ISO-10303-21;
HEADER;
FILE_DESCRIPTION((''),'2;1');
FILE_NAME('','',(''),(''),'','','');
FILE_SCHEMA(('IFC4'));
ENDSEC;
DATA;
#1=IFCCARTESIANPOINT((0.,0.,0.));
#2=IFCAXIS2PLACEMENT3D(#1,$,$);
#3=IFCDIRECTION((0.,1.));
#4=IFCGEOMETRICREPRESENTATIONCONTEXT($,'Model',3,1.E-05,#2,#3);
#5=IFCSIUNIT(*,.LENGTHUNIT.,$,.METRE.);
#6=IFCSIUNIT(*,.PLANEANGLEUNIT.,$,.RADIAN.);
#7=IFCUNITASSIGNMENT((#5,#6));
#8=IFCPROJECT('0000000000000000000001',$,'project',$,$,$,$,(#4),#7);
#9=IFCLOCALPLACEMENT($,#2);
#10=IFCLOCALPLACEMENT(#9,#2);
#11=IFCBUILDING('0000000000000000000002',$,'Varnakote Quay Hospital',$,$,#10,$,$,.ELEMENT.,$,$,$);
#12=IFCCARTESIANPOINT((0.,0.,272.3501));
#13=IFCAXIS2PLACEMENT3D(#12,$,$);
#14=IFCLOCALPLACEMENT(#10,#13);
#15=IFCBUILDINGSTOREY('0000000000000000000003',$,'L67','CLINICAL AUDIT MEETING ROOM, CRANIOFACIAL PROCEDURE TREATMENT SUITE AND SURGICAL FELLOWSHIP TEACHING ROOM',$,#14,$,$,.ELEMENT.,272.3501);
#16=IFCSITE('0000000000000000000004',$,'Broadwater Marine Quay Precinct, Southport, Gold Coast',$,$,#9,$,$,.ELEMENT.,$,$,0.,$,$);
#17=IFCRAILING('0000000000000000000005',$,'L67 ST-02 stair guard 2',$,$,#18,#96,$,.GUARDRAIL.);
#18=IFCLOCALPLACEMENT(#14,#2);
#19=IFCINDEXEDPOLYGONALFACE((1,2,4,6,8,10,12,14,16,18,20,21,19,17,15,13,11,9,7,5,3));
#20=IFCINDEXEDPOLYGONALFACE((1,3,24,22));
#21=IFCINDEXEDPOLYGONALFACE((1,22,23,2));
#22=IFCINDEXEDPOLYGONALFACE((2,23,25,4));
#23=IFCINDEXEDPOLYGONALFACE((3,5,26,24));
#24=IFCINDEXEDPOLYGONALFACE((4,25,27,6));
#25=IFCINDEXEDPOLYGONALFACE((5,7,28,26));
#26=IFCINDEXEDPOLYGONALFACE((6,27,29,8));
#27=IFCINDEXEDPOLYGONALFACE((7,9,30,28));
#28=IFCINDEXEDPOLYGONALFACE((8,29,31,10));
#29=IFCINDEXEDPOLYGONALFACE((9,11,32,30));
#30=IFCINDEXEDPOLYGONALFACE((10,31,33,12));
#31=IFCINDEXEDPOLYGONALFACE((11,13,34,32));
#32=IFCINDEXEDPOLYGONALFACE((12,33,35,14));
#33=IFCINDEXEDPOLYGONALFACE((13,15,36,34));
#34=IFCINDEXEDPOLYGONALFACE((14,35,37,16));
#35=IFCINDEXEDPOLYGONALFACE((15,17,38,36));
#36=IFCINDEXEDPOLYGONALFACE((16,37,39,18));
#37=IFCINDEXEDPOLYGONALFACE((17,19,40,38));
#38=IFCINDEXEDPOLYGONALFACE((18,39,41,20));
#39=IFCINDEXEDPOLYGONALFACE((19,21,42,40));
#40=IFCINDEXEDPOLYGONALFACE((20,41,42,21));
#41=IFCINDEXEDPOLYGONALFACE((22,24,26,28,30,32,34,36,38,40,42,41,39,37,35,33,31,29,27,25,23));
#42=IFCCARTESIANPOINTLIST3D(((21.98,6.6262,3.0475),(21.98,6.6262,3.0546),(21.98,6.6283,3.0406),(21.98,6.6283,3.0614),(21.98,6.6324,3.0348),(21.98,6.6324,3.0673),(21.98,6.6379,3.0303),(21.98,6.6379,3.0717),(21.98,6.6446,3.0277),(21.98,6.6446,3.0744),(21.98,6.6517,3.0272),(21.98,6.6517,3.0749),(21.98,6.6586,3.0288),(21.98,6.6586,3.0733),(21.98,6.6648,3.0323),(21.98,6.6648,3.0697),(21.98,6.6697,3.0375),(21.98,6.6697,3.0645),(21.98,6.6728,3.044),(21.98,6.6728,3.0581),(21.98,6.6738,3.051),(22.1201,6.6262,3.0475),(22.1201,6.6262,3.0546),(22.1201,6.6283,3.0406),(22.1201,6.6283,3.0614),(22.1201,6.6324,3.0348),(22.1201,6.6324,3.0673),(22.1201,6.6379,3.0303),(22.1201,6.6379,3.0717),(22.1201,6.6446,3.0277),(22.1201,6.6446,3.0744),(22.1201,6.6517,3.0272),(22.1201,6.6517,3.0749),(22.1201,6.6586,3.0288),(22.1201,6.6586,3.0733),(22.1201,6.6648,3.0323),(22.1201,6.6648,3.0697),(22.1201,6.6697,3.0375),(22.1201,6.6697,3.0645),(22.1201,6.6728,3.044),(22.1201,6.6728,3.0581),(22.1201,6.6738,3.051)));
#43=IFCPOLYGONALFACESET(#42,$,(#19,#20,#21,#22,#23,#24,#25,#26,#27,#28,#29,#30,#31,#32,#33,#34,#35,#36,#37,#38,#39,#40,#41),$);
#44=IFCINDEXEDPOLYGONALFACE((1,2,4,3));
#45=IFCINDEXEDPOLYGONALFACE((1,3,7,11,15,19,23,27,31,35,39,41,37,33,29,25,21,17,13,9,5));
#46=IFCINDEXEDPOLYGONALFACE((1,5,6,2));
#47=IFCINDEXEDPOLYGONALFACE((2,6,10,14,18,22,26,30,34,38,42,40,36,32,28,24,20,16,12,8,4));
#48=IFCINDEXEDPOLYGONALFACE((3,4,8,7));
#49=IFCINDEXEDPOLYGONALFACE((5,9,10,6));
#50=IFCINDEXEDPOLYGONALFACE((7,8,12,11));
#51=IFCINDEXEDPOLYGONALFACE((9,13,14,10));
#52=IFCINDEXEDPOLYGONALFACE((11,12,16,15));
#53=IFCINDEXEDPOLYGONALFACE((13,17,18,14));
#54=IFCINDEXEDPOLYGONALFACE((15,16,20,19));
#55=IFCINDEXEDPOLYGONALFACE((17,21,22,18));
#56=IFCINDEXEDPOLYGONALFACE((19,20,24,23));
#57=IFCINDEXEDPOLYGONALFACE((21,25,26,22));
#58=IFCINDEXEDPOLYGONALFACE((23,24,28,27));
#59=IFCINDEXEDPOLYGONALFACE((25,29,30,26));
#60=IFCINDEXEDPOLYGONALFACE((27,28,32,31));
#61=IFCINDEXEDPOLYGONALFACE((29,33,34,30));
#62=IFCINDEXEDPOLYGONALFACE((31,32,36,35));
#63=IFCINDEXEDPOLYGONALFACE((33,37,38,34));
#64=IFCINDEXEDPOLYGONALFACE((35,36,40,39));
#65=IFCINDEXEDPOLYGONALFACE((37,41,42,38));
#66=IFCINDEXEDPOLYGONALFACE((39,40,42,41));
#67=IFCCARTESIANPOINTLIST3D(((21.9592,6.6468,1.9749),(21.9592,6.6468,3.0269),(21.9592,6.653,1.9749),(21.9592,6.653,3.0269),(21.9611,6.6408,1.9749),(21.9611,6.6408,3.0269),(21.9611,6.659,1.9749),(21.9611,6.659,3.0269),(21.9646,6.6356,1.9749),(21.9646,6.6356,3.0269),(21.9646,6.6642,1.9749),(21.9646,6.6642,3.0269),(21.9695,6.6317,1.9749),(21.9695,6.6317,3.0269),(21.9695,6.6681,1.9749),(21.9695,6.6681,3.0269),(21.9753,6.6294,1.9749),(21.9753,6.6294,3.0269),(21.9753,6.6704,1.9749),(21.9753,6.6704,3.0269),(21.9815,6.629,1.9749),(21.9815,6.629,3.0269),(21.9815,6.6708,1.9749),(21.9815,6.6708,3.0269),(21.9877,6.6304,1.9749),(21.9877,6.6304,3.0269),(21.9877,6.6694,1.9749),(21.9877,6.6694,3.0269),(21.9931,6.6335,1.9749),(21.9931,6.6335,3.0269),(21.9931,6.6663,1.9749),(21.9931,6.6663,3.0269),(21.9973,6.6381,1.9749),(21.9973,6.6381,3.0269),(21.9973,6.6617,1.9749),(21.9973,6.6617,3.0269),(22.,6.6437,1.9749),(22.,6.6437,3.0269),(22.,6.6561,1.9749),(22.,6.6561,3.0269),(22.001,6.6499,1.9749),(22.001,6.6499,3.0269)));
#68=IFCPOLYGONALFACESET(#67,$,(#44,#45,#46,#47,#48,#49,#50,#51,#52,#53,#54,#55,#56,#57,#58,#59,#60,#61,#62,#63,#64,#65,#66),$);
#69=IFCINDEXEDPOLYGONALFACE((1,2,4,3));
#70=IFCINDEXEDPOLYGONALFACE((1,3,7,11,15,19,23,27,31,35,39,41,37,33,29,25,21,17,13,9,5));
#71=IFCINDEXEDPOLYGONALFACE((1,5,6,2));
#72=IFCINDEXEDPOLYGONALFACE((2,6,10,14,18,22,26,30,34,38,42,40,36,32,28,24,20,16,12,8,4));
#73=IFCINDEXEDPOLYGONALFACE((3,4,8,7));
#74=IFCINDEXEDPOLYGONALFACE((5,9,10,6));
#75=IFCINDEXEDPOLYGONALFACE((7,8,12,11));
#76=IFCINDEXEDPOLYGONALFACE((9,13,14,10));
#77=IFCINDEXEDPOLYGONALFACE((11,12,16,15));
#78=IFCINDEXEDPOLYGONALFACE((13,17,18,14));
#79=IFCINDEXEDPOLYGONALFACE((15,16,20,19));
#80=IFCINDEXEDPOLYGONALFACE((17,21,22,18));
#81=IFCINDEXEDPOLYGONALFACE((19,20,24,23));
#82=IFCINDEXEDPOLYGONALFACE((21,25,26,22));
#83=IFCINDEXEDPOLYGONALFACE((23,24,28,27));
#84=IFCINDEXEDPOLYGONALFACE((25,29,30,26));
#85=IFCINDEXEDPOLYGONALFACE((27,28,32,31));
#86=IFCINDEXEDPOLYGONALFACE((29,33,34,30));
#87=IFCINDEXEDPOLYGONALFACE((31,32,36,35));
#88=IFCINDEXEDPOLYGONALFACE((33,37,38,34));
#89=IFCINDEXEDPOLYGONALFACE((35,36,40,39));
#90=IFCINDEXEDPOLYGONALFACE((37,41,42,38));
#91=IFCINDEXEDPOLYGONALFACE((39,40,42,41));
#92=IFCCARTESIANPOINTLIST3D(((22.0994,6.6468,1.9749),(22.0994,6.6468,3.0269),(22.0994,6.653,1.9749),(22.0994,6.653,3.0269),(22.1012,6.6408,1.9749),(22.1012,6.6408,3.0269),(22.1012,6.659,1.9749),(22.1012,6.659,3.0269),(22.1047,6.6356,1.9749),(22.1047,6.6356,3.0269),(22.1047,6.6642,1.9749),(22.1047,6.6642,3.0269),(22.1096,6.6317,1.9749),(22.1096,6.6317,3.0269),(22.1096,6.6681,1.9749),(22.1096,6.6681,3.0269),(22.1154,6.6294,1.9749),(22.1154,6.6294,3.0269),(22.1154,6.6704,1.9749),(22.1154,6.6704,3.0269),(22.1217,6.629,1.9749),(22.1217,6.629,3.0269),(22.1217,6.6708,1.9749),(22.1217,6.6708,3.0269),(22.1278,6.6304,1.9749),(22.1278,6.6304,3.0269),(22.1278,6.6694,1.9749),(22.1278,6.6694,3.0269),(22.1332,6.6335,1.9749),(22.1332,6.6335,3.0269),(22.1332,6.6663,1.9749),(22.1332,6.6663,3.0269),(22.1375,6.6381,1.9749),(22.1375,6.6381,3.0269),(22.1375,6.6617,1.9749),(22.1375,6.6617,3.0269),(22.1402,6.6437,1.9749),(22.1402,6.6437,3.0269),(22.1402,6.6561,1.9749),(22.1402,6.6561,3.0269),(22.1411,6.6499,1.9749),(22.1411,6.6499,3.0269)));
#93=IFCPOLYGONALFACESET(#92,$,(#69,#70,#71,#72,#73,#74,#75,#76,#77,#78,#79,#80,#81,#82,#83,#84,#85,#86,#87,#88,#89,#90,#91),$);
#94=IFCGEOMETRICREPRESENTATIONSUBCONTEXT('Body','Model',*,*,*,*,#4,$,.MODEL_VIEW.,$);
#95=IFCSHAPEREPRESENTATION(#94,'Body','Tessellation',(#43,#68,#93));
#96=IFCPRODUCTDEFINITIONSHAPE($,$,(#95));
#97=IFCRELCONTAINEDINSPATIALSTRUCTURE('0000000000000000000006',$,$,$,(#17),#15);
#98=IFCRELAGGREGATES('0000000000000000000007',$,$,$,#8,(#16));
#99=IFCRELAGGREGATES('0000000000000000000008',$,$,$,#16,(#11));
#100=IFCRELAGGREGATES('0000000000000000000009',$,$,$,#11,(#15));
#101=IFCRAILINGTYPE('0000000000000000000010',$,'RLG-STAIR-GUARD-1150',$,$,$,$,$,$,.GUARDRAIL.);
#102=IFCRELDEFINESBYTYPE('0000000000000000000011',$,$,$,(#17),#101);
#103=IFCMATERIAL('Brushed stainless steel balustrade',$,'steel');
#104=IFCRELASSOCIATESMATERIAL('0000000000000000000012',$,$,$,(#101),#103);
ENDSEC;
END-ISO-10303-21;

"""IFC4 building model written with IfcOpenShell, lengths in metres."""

from ifc_helpers import new_model, si_unit, direction, frame, origin, origin_2d, place, context, subcontext, project, spatial, circle, extrude, material, type_object, element, save


model = new_model("IFC4")

# Units and contexts
model_context = context("Model", 3, precision=1e-05, world=origin(), true_north=direction((0.0, 1.0)))
body_context = subcontext(model_context, "Body", "Model", "MODEL_VIEW")
ifc_project = project(units=[si_unit("LENGTHUNIT", "METRE"), si_unit("PLANEANGLEUNIT", "RADIAN")], contexts=[model_context])

# Site, building, storey
site_placement = place(None, origin())
site = spatial("IfcSite", under=ifc_project, at=site_placement, Name="Broadwater Marine Quay Precinct, Southport, Gold Coast", CompositionType="ELEMENT", RefElevation=0.0)
building_placement = place(site_placement, origin())
building = spatial("IfcBuilding", under=site, at=building_placement, Name="Varnakote Quay Hospital", CompositionType="ELEMENT")
storey_placement = place(building_placement, frame((0.0, 0.0, 272.3501)))
storey = spatial("IfcBuildingStorey", under=building, at=storey_placement, Name="L67", Description="CLINICAL AUDIT MEETING ROOM, CRANIOFACIAL PROCEDURE TREATMENT SUITE AND SURGICAL FELLOWSHIP TEACHING ROOM", CompositionType="ELEMENT", Elevation=272.3501)

# Railing
ifc_material_1 = material(Name="Brushed stainless steel balustrade", Category="steel")
railing_type_1 = type_object("IfcRailingType", Name="RLG-STAIR-GUARD-1150", PredefinedType="GUARDRAIL", material=ifc_material_1)
railing_1_placement = place(storey_placement, frame((21.98, 6.6499, 1.9749)))
element("IfcRailing", 1, at=railing_1_placement, inside=storey, type_object=railing_type_1, Name="L67 ST-02 stair guard 2", PredefinedType="GUARDRAIL", context=body_context, shape_type="SweptSolid", body=[
    extrude(circle(Radius=0.0239, at=origin_2d()), frame((0.0, 0.0, 1.0762), z_axis=(1.0, 0.0, 0.0), x_axis=(0.0, 1.0, 0.0)), (0.0, 0.0, 1.0), 0.1401),
    extrude(circle(Radius=0.021, at=origin_2d()), origin(), (0.0, 0.0, 1.0), 1.052),
    extrude(circle(Radius=0.021, at=origin_2d()), frame((0.1401, 0.0, 0.0)), (0.0, 0.0, 1.0), 1.052),
])

save(model, "model.ifc")
